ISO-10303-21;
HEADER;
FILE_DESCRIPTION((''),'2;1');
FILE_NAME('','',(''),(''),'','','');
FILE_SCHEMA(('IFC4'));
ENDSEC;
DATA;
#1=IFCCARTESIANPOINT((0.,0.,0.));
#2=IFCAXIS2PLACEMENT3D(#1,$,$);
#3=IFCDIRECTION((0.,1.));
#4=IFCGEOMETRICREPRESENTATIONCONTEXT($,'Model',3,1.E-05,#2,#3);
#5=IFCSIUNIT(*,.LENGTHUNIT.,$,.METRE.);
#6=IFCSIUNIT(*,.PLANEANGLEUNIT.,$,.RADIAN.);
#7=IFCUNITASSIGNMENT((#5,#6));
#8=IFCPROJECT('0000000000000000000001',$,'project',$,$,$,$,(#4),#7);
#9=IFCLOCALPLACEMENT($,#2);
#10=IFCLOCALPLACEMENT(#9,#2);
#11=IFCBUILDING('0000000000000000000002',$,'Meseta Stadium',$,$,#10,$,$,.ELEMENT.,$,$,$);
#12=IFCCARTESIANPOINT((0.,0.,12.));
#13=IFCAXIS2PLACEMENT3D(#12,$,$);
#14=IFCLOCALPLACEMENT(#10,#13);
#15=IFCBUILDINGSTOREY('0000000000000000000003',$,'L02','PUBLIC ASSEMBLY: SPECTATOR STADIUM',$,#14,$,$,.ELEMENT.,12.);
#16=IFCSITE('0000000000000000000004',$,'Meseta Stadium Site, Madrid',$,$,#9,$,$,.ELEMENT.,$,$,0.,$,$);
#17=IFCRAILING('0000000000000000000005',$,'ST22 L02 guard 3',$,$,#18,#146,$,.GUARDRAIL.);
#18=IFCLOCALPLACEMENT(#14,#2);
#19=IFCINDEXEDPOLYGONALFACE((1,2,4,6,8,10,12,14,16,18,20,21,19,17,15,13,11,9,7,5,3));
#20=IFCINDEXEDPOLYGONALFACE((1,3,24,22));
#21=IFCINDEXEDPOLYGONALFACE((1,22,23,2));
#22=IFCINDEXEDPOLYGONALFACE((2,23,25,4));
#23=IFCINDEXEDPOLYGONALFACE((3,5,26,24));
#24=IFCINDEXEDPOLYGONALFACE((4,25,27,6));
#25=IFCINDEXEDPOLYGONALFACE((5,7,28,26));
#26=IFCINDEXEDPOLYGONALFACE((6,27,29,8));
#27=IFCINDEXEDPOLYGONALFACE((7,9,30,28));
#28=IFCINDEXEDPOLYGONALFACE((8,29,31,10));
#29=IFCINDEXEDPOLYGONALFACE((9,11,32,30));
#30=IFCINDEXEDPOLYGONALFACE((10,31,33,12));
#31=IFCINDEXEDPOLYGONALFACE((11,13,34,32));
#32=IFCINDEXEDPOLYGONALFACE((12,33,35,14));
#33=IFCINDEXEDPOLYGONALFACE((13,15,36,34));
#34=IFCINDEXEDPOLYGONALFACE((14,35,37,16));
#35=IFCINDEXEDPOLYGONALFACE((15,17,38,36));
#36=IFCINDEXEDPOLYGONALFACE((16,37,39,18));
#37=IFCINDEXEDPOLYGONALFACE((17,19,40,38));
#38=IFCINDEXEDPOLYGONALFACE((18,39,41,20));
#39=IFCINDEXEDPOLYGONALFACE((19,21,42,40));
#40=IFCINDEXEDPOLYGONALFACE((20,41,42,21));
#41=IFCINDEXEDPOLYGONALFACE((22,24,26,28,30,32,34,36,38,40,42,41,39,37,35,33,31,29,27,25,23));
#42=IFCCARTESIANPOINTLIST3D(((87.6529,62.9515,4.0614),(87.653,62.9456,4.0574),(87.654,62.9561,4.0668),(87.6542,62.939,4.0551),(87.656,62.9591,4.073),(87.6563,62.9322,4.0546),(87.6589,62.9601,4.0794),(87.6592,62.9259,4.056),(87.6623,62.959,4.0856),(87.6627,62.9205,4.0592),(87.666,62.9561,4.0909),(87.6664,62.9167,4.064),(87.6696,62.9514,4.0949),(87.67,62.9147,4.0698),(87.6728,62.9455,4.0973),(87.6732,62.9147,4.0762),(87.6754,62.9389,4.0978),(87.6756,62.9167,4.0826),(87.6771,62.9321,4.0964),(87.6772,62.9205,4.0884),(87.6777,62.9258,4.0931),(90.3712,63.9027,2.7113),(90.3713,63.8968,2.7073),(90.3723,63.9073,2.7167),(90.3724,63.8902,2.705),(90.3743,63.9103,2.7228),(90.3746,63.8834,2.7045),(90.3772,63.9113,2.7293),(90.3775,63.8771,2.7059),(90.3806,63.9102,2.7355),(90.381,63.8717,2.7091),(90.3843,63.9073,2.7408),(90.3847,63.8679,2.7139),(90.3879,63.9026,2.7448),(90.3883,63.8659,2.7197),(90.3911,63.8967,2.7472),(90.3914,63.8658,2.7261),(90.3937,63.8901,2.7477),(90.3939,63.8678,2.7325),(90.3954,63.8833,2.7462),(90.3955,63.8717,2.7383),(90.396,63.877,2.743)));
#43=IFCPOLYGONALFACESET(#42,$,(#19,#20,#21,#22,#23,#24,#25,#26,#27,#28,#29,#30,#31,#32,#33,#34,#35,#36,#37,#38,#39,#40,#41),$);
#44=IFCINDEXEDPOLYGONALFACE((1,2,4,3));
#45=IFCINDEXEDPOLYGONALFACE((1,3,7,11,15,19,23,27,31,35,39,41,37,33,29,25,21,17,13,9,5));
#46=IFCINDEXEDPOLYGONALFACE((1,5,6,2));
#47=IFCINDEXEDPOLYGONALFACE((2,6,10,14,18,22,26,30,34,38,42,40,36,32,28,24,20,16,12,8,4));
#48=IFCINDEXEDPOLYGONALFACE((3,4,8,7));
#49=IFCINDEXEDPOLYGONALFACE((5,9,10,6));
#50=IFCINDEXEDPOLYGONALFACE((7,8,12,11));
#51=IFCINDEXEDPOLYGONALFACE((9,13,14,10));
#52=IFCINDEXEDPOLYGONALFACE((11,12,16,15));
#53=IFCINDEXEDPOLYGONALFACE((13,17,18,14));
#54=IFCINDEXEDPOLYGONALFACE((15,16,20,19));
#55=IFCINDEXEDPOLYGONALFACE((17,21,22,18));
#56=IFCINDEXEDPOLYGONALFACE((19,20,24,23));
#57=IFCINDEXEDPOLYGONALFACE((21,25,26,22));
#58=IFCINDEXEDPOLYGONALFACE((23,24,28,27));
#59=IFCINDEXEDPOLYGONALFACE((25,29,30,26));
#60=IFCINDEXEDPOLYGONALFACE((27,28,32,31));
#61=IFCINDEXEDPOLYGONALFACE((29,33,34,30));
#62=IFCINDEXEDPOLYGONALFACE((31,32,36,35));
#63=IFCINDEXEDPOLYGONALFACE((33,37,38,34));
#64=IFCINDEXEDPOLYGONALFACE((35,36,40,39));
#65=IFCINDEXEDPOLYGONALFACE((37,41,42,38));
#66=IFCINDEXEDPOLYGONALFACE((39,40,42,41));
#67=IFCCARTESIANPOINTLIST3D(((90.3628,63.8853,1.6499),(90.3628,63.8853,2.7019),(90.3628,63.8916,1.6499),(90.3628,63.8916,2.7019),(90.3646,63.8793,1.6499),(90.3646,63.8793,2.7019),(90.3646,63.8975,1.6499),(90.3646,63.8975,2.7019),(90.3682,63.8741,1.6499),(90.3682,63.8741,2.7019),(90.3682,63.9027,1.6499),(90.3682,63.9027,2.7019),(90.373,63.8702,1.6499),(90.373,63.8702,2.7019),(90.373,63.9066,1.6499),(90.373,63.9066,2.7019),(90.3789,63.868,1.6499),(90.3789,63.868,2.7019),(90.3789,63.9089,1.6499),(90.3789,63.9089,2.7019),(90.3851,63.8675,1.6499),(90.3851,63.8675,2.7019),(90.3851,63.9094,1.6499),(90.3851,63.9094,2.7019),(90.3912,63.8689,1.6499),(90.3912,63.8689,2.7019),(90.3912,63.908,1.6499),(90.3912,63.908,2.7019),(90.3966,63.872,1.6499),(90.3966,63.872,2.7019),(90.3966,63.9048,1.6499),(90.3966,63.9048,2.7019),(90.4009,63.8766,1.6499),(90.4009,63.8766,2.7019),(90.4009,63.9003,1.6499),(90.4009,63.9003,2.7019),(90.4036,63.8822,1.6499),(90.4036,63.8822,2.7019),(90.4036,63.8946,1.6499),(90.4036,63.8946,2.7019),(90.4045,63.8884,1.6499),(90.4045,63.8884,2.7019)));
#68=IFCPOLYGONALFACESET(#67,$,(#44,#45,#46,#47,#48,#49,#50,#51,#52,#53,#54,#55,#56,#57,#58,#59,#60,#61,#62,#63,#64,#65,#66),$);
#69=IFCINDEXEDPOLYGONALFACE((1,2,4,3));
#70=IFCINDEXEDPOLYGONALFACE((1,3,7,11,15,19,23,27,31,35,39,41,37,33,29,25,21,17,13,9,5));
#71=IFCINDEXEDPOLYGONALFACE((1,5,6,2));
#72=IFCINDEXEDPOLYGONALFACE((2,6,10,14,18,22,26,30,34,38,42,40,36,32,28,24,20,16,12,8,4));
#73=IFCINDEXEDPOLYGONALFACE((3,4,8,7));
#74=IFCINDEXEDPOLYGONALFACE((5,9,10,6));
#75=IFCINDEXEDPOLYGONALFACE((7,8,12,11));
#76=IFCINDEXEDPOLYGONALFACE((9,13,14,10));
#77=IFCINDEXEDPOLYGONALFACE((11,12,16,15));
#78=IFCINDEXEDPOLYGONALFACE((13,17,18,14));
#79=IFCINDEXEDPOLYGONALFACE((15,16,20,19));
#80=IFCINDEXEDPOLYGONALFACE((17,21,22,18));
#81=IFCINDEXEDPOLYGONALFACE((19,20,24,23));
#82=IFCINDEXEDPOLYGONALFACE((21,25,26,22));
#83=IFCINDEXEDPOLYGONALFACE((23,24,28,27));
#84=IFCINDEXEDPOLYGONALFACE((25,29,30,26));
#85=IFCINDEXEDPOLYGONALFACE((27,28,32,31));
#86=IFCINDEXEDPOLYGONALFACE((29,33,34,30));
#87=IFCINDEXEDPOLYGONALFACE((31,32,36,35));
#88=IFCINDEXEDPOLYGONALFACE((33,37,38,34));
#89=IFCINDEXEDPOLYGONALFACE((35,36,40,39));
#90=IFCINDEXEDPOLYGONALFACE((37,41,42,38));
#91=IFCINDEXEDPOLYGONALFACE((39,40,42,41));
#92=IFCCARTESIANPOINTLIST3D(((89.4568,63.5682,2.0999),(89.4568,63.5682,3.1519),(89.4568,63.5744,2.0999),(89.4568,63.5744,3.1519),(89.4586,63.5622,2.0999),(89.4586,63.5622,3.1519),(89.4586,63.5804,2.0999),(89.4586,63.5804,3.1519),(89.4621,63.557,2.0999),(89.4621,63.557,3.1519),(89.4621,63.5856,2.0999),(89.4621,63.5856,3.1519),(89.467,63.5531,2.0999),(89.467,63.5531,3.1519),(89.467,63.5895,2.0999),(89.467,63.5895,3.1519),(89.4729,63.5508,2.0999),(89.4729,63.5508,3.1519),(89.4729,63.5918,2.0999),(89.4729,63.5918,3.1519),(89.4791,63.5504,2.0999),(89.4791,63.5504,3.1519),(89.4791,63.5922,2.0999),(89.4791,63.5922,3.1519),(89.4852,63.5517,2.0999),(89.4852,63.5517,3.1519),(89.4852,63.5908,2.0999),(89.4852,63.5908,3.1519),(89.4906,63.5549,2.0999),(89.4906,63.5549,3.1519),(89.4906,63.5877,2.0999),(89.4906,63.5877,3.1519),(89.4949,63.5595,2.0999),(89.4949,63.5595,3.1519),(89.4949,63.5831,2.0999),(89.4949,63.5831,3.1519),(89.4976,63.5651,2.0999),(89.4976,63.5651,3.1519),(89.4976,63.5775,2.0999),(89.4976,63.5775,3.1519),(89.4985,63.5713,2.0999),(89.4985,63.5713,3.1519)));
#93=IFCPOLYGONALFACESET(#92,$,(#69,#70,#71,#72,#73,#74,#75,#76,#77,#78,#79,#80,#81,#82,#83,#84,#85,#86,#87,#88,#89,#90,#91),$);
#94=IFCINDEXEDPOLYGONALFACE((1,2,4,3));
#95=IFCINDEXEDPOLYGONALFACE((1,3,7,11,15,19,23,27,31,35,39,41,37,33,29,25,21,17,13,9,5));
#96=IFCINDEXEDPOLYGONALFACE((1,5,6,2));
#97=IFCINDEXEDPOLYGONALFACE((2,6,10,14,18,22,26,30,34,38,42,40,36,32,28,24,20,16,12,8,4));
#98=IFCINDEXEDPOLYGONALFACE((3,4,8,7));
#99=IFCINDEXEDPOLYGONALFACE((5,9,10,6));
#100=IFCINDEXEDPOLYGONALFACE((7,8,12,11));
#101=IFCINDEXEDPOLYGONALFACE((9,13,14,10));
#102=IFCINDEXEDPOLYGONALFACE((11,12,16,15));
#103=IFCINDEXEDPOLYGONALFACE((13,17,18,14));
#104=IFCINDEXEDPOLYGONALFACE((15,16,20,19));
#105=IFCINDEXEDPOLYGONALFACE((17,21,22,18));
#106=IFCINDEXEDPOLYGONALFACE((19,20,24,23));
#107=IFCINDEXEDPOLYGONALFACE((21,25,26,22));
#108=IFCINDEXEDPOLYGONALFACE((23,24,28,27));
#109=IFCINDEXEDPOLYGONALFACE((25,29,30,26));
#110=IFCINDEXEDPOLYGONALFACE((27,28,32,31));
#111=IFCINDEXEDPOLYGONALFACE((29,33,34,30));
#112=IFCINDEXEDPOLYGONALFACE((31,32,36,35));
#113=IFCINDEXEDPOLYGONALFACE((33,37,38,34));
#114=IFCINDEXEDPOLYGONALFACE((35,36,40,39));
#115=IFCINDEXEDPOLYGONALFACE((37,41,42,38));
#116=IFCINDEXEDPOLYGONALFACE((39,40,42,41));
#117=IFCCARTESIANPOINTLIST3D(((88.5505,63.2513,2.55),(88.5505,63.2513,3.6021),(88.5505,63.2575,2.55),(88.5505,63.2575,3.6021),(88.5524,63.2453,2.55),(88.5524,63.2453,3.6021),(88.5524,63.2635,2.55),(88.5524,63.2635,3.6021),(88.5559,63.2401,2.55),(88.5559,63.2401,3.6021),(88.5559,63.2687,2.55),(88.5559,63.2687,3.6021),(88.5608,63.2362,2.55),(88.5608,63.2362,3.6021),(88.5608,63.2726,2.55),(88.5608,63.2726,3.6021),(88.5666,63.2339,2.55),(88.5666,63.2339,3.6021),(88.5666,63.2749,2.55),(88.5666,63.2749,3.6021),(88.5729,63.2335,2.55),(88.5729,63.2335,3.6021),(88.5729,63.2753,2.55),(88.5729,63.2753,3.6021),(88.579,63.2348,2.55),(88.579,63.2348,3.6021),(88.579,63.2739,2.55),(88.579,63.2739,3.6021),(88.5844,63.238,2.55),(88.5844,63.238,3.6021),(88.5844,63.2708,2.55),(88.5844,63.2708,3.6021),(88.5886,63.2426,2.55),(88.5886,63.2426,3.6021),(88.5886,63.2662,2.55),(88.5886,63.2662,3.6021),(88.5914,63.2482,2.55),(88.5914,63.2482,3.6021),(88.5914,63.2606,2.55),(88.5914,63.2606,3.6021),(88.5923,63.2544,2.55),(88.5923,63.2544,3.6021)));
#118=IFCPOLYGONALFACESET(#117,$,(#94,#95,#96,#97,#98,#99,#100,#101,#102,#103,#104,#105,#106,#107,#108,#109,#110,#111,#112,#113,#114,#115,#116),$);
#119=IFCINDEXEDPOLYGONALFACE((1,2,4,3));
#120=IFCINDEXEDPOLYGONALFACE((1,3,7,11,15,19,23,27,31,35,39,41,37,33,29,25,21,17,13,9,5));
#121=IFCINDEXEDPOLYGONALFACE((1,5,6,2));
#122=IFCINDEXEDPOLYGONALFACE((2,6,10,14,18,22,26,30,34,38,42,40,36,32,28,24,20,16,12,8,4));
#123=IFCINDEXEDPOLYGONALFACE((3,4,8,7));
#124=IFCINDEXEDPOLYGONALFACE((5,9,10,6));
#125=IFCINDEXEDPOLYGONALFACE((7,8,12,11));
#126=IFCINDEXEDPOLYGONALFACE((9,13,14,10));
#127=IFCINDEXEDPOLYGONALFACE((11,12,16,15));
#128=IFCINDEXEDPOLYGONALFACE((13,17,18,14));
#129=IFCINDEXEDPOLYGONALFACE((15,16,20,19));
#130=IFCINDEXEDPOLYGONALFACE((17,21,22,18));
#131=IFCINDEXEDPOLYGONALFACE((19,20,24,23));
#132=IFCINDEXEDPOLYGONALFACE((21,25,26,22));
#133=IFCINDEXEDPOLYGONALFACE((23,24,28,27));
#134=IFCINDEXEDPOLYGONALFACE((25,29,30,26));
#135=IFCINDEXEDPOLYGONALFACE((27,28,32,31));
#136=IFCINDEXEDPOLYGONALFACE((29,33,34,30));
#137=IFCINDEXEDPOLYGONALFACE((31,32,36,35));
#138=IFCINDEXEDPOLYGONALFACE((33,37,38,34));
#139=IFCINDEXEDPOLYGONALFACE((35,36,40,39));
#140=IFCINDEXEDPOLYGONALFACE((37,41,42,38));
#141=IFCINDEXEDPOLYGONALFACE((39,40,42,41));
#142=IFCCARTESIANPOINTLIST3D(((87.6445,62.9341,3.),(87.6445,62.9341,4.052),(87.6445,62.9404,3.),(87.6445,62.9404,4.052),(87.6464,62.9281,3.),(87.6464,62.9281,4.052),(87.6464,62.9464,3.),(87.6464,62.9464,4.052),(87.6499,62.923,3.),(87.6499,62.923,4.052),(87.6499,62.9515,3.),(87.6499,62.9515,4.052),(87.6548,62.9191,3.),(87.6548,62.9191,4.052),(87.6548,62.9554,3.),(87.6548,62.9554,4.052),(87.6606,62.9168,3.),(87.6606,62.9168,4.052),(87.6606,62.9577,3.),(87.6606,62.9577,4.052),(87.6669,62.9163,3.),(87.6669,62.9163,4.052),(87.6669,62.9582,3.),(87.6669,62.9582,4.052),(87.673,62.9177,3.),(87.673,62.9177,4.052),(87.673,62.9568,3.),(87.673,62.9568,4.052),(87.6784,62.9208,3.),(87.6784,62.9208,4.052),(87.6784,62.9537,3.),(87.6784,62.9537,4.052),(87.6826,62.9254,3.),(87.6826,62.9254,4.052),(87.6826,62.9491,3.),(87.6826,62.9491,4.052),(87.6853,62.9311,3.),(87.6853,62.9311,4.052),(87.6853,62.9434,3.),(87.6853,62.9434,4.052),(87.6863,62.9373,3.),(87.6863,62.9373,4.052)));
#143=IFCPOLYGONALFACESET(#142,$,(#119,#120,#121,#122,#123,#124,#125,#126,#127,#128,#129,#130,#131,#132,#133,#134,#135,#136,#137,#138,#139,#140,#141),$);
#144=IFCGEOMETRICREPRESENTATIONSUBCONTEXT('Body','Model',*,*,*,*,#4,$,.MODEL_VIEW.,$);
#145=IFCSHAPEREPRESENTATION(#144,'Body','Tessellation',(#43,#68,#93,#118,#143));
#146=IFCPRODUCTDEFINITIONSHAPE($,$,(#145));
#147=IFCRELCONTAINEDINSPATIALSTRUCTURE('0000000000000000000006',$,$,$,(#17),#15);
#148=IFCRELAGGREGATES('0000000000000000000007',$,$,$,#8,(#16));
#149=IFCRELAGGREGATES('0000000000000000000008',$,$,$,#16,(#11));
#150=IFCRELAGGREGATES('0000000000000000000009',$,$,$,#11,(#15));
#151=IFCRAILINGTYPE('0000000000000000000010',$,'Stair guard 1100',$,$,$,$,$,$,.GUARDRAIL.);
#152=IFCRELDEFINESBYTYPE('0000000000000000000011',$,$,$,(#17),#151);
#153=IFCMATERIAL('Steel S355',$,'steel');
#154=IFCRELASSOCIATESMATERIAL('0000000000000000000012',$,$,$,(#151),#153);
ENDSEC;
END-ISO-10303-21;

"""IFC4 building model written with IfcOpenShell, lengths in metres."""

from ifc_helpers import new_model, si_unit, direction, frame, origin, origin_2d, place, context, subcontext, project, spatial, circle, extrude, material, type_object, element, save


model = new_model("IFC4")

# Units and contexts
model_context = context("Model", 3, precision=1e-05, world=origin(), true_north=direction((0.0, 1.0)))
body_context = subcontext(model_context, "Body", "Model", "MODEL_VIEW")
ifc_project = project(units=[si_unit("LENGTHUNIT", "METRE"), si_unit("PLANEANGLEUNIT", "RADIAN")], contexts=[model_context])

# Site, building, storey
site_placement = place(None, origin())
site = spatial("IfcSite", under=ifc_project, at=site_placement, Name="Meseta Stadium Site, Madrid", CompositionType="ELEMENT", RefElevation=0.0)
building_placement = place(site_placement, origin())
building = spatial("IfcBuilding", under=site, at=building_placement, Name="Meseta Stadium", CompositionType="ELEMENT")
storey_placement = place(building_placement, frame((0.0, 0.0, 12.0)))
storey = spatial("IfcBuildingStorey", under=building, at=storey_placement, Name="L02", Description="PUBLIC ASSEMBLY: SPECTATOR STADIUM", CompositionType="ELEMENT", Elevation=12.0)

# Railing
ifc_material_1 = material(Name="Steel S355", Category="steel")
railing_type_1 = type_object("IfcRailingType", Name="Stair guard 1100", PredefinedType="GUARDRAIL", material=ifc_material_1)
railing_1_placement = place(storey_placement, frame((90.3835, 63.8884, 1.6499)))
element("IfcRailing", 1, at=railing_1_placement, inside=storey, type_object=railing_type_1, Name="ST22 L02 guard 3", PredefinedType="GUARDRAIL", context=body_context, shape_type="SweptSolid", body=[
    extrude(circle(Radius=0.0239, at=origin_2d()), frame((0.0, 0.0, 1.0762), z_axis=(-0.854629, -0.299051, 0.424474), x_axis=(0.330282, -0.943882, 0.0)), (0.0, 0.0, 1.0), 3.1807),
    extrude(circle(Radius=0.021, at=origin_2d()), origin(), (0.0, 0.0, 1.0), 1.052),
    extrude(circle(Radius=0.021, at=origin_2d()), frame((-0.906, -0.3171, 0.45)), (0.0, 0.0, 1.0), 1.052),
    extrude(circle(Radius=0.021, at=origin_2d()), frame((-1.8123, -0.634, 0.9001)), (0.0, 0.0, 1.0), 1.052),
    extrude(circle(Radius=0.021, at=origin_2d()), frame((-2.7183, -0.9512, 1.3501)), (0.0, 0.0, 1.0), 1.052),
])

save(model, "model.ifc")
